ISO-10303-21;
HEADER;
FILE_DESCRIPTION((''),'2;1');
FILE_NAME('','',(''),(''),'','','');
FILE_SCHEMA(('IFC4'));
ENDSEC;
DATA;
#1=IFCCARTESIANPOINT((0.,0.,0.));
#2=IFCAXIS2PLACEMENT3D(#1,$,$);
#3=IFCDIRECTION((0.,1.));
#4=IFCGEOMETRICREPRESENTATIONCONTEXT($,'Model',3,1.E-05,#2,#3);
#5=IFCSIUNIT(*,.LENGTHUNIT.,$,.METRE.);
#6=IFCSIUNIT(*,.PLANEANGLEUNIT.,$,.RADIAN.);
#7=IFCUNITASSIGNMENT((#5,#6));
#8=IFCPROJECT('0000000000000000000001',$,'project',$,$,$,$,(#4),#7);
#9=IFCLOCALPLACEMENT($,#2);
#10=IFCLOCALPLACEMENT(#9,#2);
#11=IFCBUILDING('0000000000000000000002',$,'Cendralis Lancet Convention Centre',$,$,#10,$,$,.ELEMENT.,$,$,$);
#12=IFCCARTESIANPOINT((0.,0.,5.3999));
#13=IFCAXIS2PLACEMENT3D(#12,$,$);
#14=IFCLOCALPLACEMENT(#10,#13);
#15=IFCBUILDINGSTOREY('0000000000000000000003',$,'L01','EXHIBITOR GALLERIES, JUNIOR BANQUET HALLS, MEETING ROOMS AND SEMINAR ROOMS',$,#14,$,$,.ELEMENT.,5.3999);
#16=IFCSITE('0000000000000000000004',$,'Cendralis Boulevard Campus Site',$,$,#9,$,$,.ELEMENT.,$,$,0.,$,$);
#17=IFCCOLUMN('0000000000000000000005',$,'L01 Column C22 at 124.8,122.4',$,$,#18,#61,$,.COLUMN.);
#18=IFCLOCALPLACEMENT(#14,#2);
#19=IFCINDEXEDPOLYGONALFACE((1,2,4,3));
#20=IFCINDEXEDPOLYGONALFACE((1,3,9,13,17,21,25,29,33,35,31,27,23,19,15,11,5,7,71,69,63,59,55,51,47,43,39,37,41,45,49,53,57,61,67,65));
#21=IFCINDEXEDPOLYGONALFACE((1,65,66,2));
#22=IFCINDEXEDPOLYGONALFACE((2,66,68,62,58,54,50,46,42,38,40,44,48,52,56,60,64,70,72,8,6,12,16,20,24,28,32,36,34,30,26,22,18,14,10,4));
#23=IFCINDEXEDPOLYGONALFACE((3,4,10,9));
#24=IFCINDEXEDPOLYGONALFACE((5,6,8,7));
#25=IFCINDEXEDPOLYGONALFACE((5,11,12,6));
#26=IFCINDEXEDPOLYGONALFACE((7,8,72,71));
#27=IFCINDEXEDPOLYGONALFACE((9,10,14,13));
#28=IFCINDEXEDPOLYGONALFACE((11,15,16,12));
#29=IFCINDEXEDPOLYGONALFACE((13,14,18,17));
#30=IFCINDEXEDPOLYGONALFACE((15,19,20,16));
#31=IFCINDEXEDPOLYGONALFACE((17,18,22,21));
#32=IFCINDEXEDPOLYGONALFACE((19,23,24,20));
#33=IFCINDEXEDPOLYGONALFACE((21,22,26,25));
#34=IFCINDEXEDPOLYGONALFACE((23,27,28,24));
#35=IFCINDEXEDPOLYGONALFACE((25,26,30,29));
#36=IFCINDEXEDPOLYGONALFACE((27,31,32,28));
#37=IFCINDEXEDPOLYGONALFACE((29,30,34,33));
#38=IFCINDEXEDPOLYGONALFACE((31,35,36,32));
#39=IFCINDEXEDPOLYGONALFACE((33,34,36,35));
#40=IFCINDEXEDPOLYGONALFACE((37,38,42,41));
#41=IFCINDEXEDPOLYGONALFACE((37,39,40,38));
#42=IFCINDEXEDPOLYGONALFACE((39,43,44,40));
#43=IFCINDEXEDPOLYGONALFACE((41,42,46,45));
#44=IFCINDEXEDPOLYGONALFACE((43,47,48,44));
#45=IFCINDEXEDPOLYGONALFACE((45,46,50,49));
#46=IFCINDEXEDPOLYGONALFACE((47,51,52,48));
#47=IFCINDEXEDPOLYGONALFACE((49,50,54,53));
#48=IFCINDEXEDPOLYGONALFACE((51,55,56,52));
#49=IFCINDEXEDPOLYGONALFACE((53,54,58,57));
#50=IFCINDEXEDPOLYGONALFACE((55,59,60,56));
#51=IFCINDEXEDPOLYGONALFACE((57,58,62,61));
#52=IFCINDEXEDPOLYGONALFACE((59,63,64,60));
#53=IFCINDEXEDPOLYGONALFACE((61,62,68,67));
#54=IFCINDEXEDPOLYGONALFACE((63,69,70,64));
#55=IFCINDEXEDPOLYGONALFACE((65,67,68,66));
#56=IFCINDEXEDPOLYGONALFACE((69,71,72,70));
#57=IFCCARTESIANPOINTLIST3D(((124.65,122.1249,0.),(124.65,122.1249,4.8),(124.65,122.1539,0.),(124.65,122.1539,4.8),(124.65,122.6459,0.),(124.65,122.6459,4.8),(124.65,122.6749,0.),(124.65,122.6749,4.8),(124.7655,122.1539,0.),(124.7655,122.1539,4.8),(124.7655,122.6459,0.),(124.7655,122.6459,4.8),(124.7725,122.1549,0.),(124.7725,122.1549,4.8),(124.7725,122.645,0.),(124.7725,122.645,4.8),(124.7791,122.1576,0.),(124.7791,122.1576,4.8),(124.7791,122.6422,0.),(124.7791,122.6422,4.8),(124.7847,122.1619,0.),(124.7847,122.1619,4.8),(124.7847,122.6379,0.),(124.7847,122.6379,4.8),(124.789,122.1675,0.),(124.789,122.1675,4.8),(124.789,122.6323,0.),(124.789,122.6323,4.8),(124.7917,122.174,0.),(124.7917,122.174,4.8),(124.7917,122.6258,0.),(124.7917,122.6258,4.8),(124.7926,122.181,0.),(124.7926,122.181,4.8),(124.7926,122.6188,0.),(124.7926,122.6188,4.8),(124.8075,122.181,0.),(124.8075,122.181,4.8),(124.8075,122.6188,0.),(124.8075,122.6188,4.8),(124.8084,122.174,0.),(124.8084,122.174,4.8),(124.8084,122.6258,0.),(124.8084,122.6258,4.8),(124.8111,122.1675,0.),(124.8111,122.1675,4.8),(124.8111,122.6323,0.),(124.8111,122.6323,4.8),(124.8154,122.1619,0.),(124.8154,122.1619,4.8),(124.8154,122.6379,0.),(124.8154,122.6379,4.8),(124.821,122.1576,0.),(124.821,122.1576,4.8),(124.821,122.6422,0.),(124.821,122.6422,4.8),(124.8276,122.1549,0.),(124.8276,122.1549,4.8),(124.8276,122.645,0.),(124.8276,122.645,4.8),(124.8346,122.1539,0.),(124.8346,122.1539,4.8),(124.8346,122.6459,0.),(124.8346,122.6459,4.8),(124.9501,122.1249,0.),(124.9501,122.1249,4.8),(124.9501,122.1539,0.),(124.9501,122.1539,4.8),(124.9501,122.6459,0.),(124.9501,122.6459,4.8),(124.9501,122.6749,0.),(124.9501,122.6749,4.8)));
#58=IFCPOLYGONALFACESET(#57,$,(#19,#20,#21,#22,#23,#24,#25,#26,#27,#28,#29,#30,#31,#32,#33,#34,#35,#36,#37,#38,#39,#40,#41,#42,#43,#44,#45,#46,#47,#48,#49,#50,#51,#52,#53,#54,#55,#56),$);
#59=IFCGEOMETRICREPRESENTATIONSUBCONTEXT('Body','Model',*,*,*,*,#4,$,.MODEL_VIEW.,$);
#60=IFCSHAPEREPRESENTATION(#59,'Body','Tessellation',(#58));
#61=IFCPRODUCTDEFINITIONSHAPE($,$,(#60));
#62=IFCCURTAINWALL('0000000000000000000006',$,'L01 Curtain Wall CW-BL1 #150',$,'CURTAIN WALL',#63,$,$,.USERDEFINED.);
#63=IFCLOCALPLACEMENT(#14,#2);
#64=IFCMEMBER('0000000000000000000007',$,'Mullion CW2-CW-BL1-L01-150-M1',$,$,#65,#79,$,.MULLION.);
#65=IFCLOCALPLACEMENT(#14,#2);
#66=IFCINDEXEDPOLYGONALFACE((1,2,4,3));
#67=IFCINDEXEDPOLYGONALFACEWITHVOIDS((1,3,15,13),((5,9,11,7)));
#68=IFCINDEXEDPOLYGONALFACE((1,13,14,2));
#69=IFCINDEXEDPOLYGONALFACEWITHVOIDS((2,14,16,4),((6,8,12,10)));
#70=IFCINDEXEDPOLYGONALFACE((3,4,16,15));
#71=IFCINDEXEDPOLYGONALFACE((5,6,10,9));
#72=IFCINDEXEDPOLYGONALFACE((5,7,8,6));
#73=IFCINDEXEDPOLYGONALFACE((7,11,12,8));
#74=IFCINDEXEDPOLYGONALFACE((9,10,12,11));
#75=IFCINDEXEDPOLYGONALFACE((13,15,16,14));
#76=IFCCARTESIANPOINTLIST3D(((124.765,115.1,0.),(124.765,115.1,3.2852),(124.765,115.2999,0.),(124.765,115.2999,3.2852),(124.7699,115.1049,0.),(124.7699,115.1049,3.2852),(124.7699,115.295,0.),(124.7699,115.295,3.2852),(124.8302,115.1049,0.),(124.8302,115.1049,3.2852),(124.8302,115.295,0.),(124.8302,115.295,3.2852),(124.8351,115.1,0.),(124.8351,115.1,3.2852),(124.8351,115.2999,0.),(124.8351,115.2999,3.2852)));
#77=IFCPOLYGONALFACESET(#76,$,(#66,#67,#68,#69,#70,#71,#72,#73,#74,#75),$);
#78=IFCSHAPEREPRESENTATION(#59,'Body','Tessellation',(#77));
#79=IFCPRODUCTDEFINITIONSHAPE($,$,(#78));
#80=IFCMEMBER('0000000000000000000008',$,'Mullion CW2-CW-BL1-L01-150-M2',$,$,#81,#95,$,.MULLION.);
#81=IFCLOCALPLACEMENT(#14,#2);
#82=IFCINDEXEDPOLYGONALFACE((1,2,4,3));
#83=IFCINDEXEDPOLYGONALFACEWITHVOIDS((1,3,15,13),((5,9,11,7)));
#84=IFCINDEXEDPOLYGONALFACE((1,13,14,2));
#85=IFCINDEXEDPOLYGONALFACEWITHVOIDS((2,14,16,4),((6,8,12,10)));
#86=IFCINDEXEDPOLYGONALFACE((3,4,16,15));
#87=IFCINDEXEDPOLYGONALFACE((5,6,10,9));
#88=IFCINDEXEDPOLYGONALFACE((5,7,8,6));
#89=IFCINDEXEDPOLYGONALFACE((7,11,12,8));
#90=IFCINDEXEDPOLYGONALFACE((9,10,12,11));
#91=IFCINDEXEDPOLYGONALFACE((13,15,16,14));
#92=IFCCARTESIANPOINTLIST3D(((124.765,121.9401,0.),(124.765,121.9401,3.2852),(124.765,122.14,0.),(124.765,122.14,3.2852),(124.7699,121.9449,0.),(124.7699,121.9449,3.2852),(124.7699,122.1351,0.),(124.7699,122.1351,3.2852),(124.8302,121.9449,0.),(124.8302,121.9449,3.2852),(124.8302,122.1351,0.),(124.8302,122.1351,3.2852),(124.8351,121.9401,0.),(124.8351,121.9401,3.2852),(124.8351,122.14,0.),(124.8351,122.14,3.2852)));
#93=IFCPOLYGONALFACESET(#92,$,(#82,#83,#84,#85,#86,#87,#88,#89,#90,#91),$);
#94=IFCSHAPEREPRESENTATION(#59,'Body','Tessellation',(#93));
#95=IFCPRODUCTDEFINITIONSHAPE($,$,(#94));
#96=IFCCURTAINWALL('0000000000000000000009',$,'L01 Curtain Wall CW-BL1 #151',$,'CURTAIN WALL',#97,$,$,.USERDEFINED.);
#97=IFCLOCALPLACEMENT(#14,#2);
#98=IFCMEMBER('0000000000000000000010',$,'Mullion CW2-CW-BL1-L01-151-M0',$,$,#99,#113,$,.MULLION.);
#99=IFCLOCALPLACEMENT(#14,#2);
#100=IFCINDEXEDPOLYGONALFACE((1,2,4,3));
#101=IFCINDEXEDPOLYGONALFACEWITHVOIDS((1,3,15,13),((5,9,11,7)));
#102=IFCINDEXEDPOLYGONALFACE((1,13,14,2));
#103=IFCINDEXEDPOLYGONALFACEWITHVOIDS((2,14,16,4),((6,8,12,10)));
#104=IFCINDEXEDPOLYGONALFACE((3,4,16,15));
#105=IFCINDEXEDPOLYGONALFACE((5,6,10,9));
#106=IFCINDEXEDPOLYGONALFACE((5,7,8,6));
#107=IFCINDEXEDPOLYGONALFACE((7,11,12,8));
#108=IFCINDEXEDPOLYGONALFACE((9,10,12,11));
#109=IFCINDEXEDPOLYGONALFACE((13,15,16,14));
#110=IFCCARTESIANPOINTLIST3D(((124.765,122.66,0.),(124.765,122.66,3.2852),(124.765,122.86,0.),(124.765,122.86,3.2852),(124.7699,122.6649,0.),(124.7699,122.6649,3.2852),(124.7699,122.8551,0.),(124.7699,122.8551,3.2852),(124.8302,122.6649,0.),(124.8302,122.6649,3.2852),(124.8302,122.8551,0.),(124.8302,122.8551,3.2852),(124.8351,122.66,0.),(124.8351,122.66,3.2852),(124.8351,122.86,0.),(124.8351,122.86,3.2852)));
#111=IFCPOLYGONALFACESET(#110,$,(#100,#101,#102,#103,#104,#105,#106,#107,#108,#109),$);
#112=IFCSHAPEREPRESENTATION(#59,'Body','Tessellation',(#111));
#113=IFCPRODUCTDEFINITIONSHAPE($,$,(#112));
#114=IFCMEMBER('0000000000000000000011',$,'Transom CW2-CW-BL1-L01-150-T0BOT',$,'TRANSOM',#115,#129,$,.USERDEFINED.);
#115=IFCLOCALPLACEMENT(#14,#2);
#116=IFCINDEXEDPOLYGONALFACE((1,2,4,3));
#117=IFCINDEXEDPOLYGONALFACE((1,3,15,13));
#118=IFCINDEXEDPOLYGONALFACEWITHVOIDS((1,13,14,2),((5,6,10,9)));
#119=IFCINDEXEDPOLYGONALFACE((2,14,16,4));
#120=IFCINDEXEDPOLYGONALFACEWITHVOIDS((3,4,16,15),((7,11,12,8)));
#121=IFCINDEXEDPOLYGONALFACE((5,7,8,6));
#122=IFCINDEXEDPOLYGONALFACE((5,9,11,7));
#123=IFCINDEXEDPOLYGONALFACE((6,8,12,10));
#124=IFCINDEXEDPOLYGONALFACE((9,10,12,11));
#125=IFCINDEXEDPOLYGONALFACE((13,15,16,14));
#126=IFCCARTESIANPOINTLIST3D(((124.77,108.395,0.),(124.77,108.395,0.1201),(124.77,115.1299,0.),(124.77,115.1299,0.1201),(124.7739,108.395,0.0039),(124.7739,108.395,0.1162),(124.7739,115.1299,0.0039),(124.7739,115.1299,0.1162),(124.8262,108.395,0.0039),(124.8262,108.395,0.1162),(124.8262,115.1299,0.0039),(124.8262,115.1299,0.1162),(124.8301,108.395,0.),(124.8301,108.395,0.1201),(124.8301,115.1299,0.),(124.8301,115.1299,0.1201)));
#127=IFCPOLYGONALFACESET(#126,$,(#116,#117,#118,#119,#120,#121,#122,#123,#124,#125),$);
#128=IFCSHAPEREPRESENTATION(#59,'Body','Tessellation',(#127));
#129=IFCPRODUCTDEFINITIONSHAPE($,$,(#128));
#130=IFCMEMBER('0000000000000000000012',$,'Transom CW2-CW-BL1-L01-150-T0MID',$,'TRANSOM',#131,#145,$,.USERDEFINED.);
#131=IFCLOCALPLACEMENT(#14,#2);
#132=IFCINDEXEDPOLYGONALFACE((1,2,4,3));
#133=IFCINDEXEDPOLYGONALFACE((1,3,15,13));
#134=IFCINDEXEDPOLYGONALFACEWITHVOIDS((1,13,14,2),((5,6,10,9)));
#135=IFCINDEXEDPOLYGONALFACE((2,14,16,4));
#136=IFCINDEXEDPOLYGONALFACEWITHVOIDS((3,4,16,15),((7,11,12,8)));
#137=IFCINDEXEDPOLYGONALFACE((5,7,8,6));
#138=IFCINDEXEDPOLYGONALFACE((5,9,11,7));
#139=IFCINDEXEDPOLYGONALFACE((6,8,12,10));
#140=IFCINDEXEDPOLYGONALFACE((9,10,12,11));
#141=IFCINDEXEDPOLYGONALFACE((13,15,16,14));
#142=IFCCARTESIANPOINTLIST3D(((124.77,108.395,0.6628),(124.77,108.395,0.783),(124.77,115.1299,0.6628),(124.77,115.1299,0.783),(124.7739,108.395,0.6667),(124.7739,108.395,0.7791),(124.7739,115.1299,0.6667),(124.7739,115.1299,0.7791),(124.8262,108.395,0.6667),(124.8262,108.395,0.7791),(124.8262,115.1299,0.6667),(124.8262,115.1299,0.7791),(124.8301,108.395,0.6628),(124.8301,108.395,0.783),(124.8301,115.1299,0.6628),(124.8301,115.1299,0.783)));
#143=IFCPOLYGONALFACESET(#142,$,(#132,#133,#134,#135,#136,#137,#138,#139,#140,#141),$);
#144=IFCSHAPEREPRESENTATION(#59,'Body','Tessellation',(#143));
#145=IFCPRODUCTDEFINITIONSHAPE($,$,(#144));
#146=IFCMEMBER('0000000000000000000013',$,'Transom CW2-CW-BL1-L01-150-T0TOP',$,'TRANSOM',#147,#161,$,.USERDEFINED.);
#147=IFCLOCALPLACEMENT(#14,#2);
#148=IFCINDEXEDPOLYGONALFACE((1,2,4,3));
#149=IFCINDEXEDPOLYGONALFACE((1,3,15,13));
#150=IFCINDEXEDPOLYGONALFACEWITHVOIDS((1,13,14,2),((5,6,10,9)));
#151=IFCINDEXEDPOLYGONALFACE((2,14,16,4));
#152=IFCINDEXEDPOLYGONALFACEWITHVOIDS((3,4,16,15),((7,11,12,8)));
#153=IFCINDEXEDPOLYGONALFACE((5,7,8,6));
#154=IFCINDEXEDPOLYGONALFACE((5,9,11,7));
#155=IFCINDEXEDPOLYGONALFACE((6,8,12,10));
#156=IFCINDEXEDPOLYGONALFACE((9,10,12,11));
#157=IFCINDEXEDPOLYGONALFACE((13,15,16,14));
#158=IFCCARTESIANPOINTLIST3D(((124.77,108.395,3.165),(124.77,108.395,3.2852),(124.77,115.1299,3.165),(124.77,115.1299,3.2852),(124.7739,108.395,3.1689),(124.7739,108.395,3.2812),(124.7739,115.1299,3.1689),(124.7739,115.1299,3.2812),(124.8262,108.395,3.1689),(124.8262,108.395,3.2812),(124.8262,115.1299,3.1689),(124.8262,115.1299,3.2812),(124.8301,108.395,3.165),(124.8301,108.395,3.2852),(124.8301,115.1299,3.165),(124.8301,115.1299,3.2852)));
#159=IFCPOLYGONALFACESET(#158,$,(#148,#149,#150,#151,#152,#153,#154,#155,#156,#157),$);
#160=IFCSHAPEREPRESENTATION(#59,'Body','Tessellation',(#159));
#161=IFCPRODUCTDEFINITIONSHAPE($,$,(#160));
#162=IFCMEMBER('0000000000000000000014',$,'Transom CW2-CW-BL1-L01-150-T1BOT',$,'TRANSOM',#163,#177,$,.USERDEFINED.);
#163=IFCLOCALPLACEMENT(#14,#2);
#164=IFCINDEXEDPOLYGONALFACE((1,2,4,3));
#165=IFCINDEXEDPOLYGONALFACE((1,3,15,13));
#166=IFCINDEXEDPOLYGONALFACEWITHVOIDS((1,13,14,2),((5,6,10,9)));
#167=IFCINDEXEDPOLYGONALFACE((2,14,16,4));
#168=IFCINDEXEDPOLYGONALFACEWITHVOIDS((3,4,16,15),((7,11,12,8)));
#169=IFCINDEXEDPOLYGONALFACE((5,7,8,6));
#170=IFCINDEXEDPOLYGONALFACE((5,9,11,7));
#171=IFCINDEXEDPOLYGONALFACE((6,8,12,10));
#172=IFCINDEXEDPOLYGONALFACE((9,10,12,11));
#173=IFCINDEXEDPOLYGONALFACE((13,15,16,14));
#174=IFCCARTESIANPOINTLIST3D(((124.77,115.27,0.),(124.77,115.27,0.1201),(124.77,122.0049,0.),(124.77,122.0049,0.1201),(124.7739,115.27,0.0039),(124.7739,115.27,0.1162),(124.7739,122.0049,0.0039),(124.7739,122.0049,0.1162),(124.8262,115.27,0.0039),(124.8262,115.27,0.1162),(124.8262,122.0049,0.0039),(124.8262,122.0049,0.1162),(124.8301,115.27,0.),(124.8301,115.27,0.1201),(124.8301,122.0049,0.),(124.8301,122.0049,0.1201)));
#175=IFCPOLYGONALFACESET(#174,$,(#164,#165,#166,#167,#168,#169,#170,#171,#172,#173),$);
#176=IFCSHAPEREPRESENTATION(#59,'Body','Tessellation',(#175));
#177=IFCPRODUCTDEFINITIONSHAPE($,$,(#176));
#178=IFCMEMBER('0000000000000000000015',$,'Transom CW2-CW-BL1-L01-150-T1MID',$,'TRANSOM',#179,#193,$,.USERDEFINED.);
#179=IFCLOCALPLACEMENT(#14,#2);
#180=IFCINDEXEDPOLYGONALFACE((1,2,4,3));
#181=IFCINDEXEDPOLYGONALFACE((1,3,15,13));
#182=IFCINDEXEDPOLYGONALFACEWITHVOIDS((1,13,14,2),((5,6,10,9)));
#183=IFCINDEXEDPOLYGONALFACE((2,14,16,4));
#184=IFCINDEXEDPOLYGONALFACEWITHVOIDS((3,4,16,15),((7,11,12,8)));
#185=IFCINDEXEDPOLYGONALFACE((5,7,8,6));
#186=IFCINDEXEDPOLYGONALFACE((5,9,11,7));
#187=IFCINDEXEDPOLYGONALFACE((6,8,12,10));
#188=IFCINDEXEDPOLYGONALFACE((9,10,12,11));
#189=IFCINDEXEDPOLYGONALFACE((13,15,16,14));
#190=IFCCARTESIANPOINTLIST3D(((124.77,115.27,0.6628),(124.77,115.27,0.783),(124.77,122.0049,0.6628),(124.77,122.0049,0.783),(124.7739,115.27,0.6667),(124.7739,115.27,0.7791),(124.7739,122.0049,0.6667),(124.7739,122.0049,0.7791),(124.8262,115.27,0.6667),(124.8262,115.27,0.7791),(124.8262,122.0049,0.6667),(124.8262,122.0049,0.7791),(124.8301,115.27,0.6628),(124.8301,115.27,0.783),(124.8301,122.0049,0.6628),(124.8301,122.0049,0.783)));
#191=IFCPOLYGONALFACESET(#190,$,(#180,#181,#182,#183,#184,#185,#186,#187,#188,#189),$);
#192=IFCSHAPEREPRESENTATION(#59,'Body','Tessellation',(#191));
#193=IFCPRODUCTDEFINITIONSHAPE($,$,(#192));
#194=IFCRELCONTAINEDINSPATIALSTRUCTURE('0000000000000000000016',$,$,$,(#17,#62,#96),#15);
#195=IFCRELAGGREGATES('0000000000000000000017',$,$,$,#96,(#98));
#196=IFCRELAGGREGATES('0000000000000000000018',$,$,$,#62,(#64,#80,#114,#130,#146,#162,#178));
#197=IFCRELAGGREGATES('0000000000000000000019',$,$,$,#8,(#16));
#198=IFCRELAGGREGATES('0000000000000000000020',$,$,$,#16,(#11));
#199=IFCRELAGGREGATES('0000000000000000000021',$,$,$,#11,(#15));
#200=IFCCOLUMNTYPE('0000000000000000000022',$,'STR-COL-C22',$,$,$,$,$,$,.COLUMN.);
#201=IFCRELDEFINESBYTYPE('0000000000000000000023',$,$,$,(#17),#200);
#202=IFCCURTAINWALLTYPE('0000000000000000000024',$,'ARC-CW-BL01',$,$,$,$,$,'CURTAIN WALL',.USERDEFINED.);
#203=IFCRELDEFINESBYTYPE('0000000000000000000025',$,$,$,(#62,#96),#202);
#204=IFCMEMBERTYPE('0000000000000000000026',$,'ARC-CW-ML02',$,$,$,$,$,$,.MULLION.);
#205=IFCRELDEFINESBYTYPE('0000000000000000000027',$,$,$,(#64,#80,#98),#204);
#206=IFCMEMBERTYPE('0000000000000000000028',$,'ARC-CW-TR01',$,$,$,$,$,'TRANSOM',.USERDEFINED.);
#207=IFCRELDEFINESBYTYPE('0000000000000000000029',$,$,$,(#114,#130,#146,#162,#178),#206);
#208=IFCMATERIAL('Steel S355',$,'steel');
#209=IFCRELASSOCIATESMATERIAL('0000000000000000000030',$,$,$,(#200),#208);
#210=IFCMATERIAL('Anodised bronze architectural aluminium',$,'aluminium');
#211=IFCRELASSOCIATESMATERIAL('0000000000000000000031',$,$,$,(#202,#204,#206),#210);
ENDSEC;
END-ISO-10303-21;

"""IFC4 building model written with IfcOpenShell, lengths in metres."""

from ifc_helpers import new_model, si_unit, direction, frame, origin, origin_2d, place, context, subcontext, project, spatial, hollow_rectangle, i_section, extrude, material, material_profile, profile_set, type_object, element, aggregate, save


model = new_model("IFC4")

# Units and contexts
model_context = context("Model", 3, precision=1e-05, world=origin(), true_north=direction((0.0, 1.0)))
body_context = subcontext(model_context, "Body", "Model", "MODEL_VIEW")
ifc_project = project(units=[si_unit("LENGTHUNIT", "METRE"), si_unit("PLANEANGLEUNIT", "RADIAN")], contexts=[model_context])

# Site, building, storey
site_placement = place(None, origin())
site = spatial("IfcSite", under=ifc_project, at=site_placement, Name="Cendralis Boulevard Campus Site", CompositionType="ELEMENT", RefElevation=0.0)
building_placement = place(site_placement, origin())
building = spatial("IfcBuilding", under=site, at=building_placement, Name="Cendralis Lancet Convention Centre", CompositionType="ELEMENT")
storey_placement = place(building_placement, frame((0.0, 0.0, 5.3999)))
storey = spatial("IfcBuildingStorey", under=building, at=storey_placement, Name="L01", Description="EXHIBITOR GALLERIES, JUNIOR BANQUET HALLS, MEETING ROOMS AND SEMINAR ROOMS", CompositionType="ELEMENT", Elevation=5.3999)

# Column
ifc_material_1 = material(Name="Steel S355", Category="steel")
ifc_material_profile_1 = material_profile(ifc_material_1, i_section(OverallWidth=0.3, OverallDepth=0.55, WebThickness=0.0149, FlangeThickness=0.0291, FilletRadius=0.0271, at=origin_2d()), Name="HEB 550")
ifc_profile_set_1 = profile_set([ifc_material_profile_1], Name="Steel S355")
column_type = type_object("IfcColumnType", Name="STR-COL-C22", PredefinedType="COLUMN", material=ifc_profile_set_1)
column_placement = place(storey_placement, frame((124.8, 122.3999, 0.0), z_axis=(0.0, 0.0, 1.0), x_axis=(1.0, 0.0, 0.0)))
element("IfcColumn", 1, at=column_placement, inside=storey, type_object=column_type, Name="L01 Column C22 at 124.8,122.4", PredefinedType="COLUMN", context=body_context, shape_type="SweptSolid", body=[
    extrude(i_section(OverallWidth=0.3, OverallDepth=0.55, WebThickness=0.0149, FlangeThickness=0.0291, FilletRadius=0.0271, at=origin_2d()), origin(), (0.0, 0.0, 1.0), 4.8),
])

# Curtain wall, members
ifc_material_2 = material(Name="Anodised bronze architectural aluminium", Category="aluminium")
curtain_wall_type = type_object("IfcCurtainWallType", Name="ARC-CW-BL01", ElementType="CURTAIN WALL", PredefinedType="USERDEFINED", material=ifc_material_2)
curtain_wall_1_placement = place(storey_placement, origin())
curtain_wall_1 = element("IfcCurtainWall", 2, at=curtain_wall_1_placement, inside=storey, type_object=curtain_wall_type, Name="L01 Curtain Wall CW-BL1 #150", ObjectType="CURTAIN WALL", PredefinedType="USERDEFINED")
ifc_material_profile_2 = material_profile(ifc_material_2, hollow_rectangle(XDim=0.0701, YDim=0.2, WallThickness=0.0049, at=origin_2d()), Name="AL-MULL 70x200x5.0")
ifc_profile_set_2 = profile_set([ifc_material_profile_2], Name="Anodised bronze architectural aluminium")
member_type_1 = type_object("IfcMemberType", Name="ARC-CW-ML02", PredefinedType="MULLION", material=ifc_profile_set_2)
member_1_placement = place(storey_placement, frame((124.8, 115.2, 0.0), z_axis=(0.0, 0.0, 1.0), x_axis=(1.0, 0.0, 0.0)))
member_1 = element("IfcMember", 3, at=member_1_placement, type_object=member_type_1, Name="Mullion CW2-CW-BL1-L01-150-M1", PredefinedType="MULLION", context=body_context, shape_type="SweptSolid", body=[
    extrude(hollow_rectangle(XDim=0.0701, YDim=0.2, WallThickness=0.0049, at=origin_2d()), origin(), (0.0, 0.0, 1.0), 3.2852),
])
member_2_placement = place(storey_placement, frame((124.8, 122.04, 0.0), z_axis=(0.0, 0.0, 1.0), x_axis=(1.0, 0.0, 0.0)))
member_2 = element("IfcMember", 4, at=member_2_placement, type_object=member_type_1, Name="Mullion CW2-CW-BL1-L01-150-M2", PredefinedType="MULLION", context=body_context, shape_type="SweptSolid", body=[
    extrude(hollow_rectangle(XDim=0.0701, YDim=0.2, WallThickness=0.0049, at=origin_2d()), origin(), (0.0, 0.0, 1.0), 3.2852),
])

# Curtain wall, member
curtain_wall_2_placement = place(storey_placement, origin())
curtain_wall_2 = element("IfcCurtainWall", 5, at=curtain_wall_2_placement, inside=storey, type_object=curtain_wall_type, Name="L01 Curtain Wall CW-BL1 #151", ObjectType="CURTAIN WALL", PredefinedType="USERDEFINED")
member_3_placement = place(storey_placement, frame((124.8, 122.76, 0.0), z_axis=(0.0, 0.0, 1.0), x_axis=(1.0, 0.0, 0.0)))
member_3 = element("IfcMember", 6, at=member_3_placement, type_object=member_type_1, Name="Mullion CW2-CW-BL1-L01-151-M0", PredefinedType="MULLION", context=body_context, shape_type="SweptSolid", body=[
    extrude(hollow_rectangle(XDim=0.0701, YDim=0.2, WallThickness=0.0049, at=origin_2d()), origin(), (0.0, 0.0, 1.0), 3.2852),
])

# Members
ifc_material_profile_3 = material_profile(ifc_material_2, hollow_rectangle(XDim=0.0601, YDim=0.1201, WallThickness=0.0039, at=origin_2d()), Name="AL-TRAN 60x120x4.0")
ifc_profile_set_3 = profile_set([ifc_material_profile_3], Name="Anodised bronze architectural aluminium")
member_type_2 = type_object("IfcMemberType", Name="ARC-CW-TR01", ElementType="TRANSOM", PredefinedType="USERDEFINED", material=ifc_profile_set_3)
member_4_placement = place(storey_placement, frame((124.8, 108.395, 0.0601), z_axis=(0.0, 1.0, 0.0), x_axis=(-1.0, 0.0, 0.0)))
member_4 = element("IfcMember", 7, at=member_4_placement, type_object=member_type_2, Name="Transom CW2-CW-BL1-L01-150-T0BOT", ObjectType="TRANSOM", PredefinedType="USERDEFINED", context=body_context, shape_type="SweptSolid", body=[
    extrude(hollow_rectangle(XDim=0.0601, YDim=0.1201, WallThickness=0.0039, at=origin_2d()), origin(), (0.0, 0.0, 1.0), 6.7349),
])
member_5_placement = place(storey_placement, frame((124.8, 108.395, 0.7229), z_axis=(0.0, 1.0, 0.0), x_axis=(-1.0, 0.0, 0.0)))
member_5 = element("IfcMember", 8, at=member_5_placement, type_object=member_type_2, Name="Transom CW2-CW-BL1-L01-150-T0MID", ObjectType="TRANSOM", PredefinedType="USERDEFINED", context=body_context, shape_type="SweptSolid", body=[
    extrude(hollow_rectangle(XDim=0.0601, YDim=0.1201, WallThickness=0.0039, at=origin_2d()), origin(), (0.0, 0.0, 1.0), 6.7349),
])
member_6_placement = place(storey_placement, frame((124.8, 108.395, 3.2251), z_axis=(0.0, 1.0, 0.0), x_axis=(-1.0, 0.0, 0.0)))
member_6 = element("IfcMember", 9, at=member_6_placement, type_object=member_type_2, Name="Transom CW2-CW-BL1-L01-150-T0TOP", ObjectType="TRANSOM", PredefinedType="USERDEFINED", context=body_context, shape_type="SweptSolid", body=[
    extrude(hollow_rectangle(XDim=0.0601, YDim=0.1201, WallThickness=0.0039, at=origin_2d()), origin(), (0.0, 0.0, 1.0), 6.7349),
])
member_7_placement = place(storey_placement, frame((124.8, 115.27, 0.0601), z_axis=(0.0, 1.0, 0.0), x_axis=(-1.0, 0.0, 0.0)))
member_7 = element("IfcMember", 10, at=member_7_placement, type_object=member_type_2, Name="Transom CW2-CW-BL1-L01-150-T1BOT", ObjectType="TRANSOM", PredefinedType="USERDEFINED", context=body_context, shape_type="SweptSolid", body=[
    extrude(hollow_rectangle(XDim=0.0601, YDim=0.1201, WallThickness=0.0039, at=origin_2d()), origin(), (0.0, 0.0, 1.0), 6.7349),
])
member_8_placement = place(storey_placement, frame((124.8, 115.27, 0.7229), z_axis=(0.0, 1.0, 0.0), x_axis=(-1.0, 0.0, 0.0)))
member_8 = element("IfcMember", 11, at=member_8_placement, type_object=member_type_2, Name="Transom CW2-CW-BL1-L01-150-T1MID", ObjectType="TRANSOM", PredefinedType="USERDEFINED", context=body_context, shape_type="SweptSolid", body=[
    extrude(hollow_rectangle(XDim=0.0601, YDim=0.1201, WallThickness=0.0039, at=origin_2d()), origin(), (0.0, 0.0, 1.0), 6.7349),
])
aggregate(curtain_wall_2, [member_3])

aggregate(curtain_wall_1, [member_1, member_2, member_4, member_5, member_6, member_7, member_8])

save(model, "model.ifc")
